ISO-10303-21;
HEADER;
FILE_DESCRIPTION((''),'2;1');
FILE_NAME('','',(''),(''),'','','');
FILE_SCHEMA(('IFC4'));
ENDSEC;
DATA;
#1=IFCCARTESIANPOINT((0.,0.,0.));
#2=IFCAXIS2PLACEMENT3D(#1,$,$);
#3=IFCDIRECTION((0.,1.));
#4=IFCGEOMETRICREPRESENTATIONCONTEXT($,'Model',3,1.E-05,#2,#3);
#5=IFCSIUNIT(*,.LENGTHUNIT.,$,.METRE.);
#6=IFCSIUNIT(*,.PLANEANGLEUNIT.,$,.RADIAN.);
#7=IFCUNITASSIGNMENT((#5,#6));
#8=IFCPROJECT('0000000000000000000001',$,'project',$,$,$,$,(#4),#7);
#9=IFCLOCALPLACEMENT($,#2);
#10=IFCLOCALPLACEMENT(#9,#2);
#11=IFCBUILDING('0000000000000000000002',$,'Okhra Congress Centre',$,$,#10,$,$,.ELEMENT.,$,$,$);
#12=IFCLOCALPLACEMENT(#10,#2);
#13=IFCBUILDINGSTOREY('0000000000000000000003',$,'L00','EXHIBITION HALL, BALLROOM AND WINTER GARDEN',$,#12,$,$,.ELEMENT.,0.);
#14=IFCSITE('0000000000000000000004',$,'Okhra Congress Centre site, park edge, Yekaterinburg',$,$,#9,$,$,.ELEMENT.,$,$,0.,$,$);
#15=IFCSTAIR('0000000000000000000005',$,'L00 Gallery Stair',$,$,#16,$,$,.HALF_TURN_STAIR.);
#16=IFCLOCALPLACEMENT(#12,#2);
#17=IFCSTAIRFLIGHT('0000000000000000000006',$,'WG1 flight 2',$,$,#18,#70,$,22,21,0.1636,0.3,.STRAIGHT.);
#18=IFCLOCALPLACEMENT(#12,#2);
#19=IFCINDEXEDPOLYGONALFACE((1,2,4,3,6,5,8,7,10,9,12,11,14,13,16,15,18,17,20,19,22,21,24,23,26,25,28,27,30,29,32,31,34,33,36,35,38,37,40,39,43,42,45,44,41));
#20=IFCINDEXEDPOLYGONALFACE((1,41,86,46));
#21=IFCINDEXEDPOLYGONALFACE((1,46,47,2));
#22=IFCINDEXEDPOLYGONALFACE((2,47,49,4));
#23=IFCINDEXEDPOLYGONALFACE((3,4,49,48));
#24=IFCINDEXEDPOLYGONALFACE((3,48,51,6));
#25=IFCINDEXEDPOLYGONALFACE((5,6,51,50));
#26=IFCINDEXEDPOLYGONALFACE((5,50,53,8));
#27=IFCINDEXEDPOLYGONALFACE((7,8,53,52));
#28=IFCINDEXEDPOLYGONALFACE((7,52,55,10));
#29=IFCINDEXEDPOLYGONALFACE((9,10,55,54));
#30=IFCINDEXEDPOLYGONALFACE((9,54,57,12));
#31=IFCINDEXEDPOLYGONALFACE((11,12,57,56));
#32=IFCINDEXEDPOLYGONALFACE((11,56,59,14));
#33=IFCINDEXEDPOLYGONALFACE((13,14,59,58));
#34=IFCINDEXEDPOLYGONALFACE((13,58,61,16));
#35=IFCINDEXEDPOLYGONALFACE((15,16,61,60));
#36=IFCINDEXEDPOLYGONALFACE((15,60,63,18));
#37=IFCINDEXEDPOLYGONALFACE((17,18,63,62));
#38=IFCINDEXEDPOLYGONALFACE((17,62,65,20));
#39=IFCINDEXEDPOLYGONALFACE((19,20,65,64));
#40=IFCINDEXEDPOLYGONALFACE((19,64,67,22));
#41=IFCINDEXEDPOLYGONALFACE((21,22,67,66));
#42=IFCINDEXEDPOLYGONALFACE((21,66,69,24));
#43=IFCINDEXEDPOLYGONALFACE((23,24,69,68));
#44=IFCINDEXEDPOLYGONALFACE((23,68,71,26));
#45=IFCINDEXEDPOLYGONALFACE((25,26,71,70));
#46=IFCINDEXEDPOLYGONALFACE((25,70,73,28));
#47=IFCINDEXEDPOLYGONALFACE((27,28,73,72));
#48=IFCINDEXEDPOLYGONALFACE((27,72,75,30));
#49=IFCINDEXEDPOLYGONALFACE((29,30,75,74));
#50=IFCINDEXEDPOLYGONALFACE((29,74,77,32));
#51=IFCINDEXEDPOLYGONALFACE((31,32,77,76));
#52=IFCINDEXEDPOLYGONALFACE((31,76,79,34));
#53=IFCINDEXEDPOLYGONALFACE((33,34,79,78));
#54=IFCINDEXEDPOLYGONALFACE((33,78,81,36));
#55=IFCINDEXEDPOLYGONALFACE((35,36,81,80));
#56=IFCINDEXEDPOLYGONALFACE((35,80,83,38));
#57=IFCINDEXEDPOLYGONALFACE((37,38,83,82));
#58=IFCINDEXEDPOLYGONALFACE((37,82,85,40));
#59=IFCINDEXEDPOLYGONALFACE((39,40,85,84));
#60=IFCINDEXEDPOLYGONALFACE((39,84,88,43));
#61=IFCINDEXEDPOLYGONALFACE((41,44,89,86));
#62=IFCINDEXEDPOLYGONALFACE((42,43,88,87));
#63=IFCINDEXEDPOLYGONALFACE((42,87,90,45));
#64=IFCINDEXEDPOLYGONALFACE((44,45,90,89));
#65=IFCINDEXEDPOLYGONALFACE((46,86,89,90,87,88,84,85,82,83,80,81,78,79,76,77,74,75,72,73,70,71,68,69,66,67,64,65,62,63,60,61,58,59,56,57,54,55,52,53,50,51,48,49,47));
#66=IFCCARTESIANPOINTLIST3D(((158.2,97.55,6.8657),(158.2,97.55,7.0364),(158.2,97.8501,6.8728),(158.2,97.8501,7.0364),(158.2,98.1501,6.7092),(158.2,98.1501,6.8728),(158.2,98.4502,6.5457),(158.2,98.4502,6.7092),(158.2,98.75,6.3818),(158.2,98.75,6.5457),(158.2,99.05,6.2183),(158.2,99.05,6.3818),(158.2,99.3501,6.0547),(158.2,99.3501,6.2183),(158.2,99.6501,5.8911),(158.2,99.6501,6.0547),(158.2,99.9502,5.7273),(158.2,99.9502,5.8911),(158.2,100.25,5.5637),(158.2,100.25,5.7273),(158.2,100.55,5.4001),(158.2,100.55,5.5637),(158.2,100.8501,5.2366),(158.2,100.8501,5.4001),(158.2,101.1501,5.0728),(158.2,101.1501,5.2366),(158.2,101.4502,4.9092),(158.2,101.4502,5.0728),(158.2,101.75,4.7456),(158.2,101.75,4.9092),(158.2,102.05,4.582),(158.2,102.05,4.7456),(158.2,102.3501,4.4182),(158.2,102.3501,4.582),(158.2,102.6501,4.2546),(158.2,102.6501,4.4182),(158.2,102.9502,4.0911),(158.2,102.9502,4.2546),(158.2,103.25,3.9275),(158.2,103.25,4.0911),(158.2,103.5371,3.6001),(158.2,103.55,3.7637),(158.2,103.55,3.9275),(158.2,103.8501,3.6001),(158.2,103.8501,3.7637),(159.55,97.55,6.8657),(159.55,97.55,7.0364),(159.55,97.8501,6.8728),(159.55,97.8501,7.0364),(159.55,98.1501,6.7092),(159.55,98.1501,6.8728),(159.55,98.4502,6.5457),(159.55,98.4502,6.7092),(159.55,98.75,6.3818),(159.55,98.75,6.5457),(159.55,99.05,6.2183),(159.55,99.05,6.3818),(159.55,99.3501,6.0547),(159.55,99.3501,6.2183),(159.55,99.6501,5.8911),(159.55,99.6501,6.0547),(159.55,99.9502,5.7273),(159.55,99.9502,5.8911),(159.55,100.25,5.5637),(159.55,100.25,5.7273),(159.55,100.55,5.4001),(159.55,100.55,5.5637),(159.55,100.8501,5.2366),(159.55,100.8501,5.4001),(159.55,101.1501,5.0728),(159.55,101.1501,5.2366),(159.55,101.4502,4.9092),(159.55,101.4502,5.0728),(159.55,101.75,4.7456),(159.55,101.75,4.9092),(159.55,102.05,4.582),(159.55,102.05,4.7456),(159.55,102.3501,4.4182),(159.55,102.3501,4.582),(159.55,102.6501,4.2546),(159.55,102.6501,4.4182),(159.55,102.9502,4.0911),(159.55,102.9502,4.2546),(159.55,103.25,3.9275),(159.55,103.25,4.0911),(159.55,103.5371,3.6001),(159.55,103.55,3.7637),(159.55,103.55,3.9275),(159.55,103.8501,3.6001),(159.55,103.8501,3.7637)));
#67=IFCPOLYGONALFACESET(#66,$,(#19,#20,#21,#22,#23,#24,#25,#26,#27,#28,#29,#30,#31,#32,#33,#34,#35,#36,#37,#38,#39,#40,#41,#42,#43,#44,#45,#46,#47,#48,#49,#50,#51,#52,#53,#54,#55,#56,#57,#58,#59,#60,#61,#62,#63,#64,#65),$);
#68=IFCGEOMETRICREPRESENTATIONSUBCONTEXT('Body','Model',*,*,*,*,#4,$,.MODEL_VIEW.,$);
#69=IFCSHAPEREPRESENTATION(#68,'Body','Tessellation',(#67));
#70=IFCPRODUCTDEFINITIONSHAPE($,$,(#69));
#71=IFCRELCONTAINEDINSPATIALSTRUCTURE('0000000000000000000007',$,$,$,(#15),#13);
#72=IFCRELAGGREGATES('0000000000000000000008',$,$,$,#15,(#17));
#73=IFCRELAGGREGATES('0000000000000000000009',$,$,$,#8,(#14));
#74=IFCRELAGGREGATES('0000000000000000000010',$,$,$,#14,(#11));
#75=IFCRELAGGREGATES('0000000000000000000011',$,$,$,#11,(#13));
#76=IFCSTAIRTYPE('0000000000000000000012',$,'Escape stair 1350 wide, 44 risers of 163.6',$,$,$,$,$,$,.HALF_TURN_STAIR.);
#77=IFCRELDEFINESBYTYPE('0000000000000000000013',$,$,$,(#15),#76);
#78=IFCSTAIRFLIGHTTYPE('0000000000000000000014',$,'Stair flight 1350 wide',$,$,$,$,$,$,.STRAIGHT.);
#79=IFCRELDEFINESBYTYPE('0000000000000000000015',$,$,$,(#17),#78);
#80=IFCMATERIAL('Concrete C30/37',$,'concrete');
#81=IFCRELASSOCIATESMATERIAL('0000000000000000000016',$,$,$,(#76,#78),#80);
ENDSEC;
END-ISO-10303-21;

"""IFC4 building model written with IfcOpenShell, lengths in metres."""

from ifc_helpers import new_model, si_unit, direction, frame, origin, place, context, subcontext, project, spatial, polyline, outline, extrude, material, type_object, element, aggregate, save


model = new_model("IFC4")

# Units and contexts
model_context = context("Model", 3, precision=1e-05, world=origin(), true_north=direction((0.0, 1.0)))
body_context = subcontext(model_context, "Body", "Model", "MODEL_VIEW")
ifc_project = project(units=[si_unit("LENGTHUNIT", "METRE"), si_unit("PLANEANGLEUNIT", "RADIAN")], contexts=[model_context])

# Site, building, storey
site_placement = place(None, origin())
site = spatial("IfcSite", under=ifc_project, at=site_placement, Name="Okhra Congress Centre site, park edge, Yekaterinburg", CompositionType="ELEMENT", RefElevation=0.0)
building_placement = place(site_placement, origin())
building = spatial("IfcBuilding", under=site, at=building_placement, Name="Okhra Congress Centre", CompositionType="ELEMENT")
storey_placement = place(building_placement, origin())
storey = spatial("IfcBuildingStorey", under=building, at=storey_placement, Name="L00", Description="EXHIBITION HALL, BALLROOM AND WINTER GARDEN", CompositionType="ELEMENT", Elevation=0.0)

# Shared definitions
ifc_material_1 = material(Name="Concrete C30/37", Category="concrete")

# Stair, stair flight
stair_type = type_object("IfcStairType", Name="Escape stair 1350 wide, 44 risers of 163.6", PredefinedType="HALF_TURN_STAIR", material=ifc_material_1)
stair_placement = place(storey_placement, origin())
stair = element("IfcStair", 1, at=stair_placement, inside=storey, type_object=stair_type, Name="L00 Gallery Stair", PredefinedType="HALF_TURN_STAIR")
stair_flight_type = type_object("IfcStairFlightType", Name="Stair flight 1350 wide", PredefinedType="STRAIGHT", material=ifc_material_1)
stair_flight_placement = place(storey_placement, frame((158.875, 103.8501, 3.6001), z_axis=(0.0, 0.0, 1.0), x_axis=(0.0, -1.0, 0.0)))
stair_flight = element("IfcStairFlight", 2, at=stair_flight_placement, type_object=stair_flight_type, Name="WG1 flight 2", NumberOfRisers=22, NumberOfTreads=21, PredefinedType="STRAIGHT", RiserHeight=0.1636, TreadLength=0.3, context=body_context, shape_type="SweptSolid", body=[
    extrude(outline(polyline([(0.0, 0.0), (0.0, 0.1636), (0.3, 0.1636), (0.3, 0.3274), (0.6001, 0.3274), (0.6001, 0.491), (0.8999, 0.491), (0.8999, 0.6545), (1.2, 0.6545), (1.2, 0.8181), (1.5, 0.8181), (1.5, 0.9819), (1.8, 0.9819), (1.8, 1.1455), (2.1001, 1.1455), (2.1001, 1.3091), (2.3999, 1.3091), (2.3999, 1.4727), (2.7, 1.4727), (2.7, 1.6365), (3.0, 1.6365), (3.0, 1.8), (3.3, 1.8), (3.3, 1.9636), (3.6001, 1.9636), (3.6001, 2.1272), (3.8999, 2.1272), (3.8999, 2.291), (4.2, 2.291), (4.2, 2.4546), (4.5, 2.4546), (4.5, 2.6182), (4.8, 2.6182), (4.8, 2.7817), (5.1001, 2.7817), (5.1001, 2.9456), (5.3999, 2.9456), (5.3999, 3.1091), (5.7, 3.1091), (5.7, 3.2727), (6.0, 3.2727), (6.0, 3.4363), (6.3, 3.4363), (6.3, 3.6001), (6.3, 3.2656), (0.313, 0.0), (0.0, 0.0)])), frame((0.0, 0.675, 0.0), z_axis=(0.0, -1.0, 0.0), x_axis=(1.0, 0.0, 0.0)), (0.0, 0.0, 1.0), 1.3501),
])
aggregate(stair, [stair_flight])

save(model, "model.ifc")
